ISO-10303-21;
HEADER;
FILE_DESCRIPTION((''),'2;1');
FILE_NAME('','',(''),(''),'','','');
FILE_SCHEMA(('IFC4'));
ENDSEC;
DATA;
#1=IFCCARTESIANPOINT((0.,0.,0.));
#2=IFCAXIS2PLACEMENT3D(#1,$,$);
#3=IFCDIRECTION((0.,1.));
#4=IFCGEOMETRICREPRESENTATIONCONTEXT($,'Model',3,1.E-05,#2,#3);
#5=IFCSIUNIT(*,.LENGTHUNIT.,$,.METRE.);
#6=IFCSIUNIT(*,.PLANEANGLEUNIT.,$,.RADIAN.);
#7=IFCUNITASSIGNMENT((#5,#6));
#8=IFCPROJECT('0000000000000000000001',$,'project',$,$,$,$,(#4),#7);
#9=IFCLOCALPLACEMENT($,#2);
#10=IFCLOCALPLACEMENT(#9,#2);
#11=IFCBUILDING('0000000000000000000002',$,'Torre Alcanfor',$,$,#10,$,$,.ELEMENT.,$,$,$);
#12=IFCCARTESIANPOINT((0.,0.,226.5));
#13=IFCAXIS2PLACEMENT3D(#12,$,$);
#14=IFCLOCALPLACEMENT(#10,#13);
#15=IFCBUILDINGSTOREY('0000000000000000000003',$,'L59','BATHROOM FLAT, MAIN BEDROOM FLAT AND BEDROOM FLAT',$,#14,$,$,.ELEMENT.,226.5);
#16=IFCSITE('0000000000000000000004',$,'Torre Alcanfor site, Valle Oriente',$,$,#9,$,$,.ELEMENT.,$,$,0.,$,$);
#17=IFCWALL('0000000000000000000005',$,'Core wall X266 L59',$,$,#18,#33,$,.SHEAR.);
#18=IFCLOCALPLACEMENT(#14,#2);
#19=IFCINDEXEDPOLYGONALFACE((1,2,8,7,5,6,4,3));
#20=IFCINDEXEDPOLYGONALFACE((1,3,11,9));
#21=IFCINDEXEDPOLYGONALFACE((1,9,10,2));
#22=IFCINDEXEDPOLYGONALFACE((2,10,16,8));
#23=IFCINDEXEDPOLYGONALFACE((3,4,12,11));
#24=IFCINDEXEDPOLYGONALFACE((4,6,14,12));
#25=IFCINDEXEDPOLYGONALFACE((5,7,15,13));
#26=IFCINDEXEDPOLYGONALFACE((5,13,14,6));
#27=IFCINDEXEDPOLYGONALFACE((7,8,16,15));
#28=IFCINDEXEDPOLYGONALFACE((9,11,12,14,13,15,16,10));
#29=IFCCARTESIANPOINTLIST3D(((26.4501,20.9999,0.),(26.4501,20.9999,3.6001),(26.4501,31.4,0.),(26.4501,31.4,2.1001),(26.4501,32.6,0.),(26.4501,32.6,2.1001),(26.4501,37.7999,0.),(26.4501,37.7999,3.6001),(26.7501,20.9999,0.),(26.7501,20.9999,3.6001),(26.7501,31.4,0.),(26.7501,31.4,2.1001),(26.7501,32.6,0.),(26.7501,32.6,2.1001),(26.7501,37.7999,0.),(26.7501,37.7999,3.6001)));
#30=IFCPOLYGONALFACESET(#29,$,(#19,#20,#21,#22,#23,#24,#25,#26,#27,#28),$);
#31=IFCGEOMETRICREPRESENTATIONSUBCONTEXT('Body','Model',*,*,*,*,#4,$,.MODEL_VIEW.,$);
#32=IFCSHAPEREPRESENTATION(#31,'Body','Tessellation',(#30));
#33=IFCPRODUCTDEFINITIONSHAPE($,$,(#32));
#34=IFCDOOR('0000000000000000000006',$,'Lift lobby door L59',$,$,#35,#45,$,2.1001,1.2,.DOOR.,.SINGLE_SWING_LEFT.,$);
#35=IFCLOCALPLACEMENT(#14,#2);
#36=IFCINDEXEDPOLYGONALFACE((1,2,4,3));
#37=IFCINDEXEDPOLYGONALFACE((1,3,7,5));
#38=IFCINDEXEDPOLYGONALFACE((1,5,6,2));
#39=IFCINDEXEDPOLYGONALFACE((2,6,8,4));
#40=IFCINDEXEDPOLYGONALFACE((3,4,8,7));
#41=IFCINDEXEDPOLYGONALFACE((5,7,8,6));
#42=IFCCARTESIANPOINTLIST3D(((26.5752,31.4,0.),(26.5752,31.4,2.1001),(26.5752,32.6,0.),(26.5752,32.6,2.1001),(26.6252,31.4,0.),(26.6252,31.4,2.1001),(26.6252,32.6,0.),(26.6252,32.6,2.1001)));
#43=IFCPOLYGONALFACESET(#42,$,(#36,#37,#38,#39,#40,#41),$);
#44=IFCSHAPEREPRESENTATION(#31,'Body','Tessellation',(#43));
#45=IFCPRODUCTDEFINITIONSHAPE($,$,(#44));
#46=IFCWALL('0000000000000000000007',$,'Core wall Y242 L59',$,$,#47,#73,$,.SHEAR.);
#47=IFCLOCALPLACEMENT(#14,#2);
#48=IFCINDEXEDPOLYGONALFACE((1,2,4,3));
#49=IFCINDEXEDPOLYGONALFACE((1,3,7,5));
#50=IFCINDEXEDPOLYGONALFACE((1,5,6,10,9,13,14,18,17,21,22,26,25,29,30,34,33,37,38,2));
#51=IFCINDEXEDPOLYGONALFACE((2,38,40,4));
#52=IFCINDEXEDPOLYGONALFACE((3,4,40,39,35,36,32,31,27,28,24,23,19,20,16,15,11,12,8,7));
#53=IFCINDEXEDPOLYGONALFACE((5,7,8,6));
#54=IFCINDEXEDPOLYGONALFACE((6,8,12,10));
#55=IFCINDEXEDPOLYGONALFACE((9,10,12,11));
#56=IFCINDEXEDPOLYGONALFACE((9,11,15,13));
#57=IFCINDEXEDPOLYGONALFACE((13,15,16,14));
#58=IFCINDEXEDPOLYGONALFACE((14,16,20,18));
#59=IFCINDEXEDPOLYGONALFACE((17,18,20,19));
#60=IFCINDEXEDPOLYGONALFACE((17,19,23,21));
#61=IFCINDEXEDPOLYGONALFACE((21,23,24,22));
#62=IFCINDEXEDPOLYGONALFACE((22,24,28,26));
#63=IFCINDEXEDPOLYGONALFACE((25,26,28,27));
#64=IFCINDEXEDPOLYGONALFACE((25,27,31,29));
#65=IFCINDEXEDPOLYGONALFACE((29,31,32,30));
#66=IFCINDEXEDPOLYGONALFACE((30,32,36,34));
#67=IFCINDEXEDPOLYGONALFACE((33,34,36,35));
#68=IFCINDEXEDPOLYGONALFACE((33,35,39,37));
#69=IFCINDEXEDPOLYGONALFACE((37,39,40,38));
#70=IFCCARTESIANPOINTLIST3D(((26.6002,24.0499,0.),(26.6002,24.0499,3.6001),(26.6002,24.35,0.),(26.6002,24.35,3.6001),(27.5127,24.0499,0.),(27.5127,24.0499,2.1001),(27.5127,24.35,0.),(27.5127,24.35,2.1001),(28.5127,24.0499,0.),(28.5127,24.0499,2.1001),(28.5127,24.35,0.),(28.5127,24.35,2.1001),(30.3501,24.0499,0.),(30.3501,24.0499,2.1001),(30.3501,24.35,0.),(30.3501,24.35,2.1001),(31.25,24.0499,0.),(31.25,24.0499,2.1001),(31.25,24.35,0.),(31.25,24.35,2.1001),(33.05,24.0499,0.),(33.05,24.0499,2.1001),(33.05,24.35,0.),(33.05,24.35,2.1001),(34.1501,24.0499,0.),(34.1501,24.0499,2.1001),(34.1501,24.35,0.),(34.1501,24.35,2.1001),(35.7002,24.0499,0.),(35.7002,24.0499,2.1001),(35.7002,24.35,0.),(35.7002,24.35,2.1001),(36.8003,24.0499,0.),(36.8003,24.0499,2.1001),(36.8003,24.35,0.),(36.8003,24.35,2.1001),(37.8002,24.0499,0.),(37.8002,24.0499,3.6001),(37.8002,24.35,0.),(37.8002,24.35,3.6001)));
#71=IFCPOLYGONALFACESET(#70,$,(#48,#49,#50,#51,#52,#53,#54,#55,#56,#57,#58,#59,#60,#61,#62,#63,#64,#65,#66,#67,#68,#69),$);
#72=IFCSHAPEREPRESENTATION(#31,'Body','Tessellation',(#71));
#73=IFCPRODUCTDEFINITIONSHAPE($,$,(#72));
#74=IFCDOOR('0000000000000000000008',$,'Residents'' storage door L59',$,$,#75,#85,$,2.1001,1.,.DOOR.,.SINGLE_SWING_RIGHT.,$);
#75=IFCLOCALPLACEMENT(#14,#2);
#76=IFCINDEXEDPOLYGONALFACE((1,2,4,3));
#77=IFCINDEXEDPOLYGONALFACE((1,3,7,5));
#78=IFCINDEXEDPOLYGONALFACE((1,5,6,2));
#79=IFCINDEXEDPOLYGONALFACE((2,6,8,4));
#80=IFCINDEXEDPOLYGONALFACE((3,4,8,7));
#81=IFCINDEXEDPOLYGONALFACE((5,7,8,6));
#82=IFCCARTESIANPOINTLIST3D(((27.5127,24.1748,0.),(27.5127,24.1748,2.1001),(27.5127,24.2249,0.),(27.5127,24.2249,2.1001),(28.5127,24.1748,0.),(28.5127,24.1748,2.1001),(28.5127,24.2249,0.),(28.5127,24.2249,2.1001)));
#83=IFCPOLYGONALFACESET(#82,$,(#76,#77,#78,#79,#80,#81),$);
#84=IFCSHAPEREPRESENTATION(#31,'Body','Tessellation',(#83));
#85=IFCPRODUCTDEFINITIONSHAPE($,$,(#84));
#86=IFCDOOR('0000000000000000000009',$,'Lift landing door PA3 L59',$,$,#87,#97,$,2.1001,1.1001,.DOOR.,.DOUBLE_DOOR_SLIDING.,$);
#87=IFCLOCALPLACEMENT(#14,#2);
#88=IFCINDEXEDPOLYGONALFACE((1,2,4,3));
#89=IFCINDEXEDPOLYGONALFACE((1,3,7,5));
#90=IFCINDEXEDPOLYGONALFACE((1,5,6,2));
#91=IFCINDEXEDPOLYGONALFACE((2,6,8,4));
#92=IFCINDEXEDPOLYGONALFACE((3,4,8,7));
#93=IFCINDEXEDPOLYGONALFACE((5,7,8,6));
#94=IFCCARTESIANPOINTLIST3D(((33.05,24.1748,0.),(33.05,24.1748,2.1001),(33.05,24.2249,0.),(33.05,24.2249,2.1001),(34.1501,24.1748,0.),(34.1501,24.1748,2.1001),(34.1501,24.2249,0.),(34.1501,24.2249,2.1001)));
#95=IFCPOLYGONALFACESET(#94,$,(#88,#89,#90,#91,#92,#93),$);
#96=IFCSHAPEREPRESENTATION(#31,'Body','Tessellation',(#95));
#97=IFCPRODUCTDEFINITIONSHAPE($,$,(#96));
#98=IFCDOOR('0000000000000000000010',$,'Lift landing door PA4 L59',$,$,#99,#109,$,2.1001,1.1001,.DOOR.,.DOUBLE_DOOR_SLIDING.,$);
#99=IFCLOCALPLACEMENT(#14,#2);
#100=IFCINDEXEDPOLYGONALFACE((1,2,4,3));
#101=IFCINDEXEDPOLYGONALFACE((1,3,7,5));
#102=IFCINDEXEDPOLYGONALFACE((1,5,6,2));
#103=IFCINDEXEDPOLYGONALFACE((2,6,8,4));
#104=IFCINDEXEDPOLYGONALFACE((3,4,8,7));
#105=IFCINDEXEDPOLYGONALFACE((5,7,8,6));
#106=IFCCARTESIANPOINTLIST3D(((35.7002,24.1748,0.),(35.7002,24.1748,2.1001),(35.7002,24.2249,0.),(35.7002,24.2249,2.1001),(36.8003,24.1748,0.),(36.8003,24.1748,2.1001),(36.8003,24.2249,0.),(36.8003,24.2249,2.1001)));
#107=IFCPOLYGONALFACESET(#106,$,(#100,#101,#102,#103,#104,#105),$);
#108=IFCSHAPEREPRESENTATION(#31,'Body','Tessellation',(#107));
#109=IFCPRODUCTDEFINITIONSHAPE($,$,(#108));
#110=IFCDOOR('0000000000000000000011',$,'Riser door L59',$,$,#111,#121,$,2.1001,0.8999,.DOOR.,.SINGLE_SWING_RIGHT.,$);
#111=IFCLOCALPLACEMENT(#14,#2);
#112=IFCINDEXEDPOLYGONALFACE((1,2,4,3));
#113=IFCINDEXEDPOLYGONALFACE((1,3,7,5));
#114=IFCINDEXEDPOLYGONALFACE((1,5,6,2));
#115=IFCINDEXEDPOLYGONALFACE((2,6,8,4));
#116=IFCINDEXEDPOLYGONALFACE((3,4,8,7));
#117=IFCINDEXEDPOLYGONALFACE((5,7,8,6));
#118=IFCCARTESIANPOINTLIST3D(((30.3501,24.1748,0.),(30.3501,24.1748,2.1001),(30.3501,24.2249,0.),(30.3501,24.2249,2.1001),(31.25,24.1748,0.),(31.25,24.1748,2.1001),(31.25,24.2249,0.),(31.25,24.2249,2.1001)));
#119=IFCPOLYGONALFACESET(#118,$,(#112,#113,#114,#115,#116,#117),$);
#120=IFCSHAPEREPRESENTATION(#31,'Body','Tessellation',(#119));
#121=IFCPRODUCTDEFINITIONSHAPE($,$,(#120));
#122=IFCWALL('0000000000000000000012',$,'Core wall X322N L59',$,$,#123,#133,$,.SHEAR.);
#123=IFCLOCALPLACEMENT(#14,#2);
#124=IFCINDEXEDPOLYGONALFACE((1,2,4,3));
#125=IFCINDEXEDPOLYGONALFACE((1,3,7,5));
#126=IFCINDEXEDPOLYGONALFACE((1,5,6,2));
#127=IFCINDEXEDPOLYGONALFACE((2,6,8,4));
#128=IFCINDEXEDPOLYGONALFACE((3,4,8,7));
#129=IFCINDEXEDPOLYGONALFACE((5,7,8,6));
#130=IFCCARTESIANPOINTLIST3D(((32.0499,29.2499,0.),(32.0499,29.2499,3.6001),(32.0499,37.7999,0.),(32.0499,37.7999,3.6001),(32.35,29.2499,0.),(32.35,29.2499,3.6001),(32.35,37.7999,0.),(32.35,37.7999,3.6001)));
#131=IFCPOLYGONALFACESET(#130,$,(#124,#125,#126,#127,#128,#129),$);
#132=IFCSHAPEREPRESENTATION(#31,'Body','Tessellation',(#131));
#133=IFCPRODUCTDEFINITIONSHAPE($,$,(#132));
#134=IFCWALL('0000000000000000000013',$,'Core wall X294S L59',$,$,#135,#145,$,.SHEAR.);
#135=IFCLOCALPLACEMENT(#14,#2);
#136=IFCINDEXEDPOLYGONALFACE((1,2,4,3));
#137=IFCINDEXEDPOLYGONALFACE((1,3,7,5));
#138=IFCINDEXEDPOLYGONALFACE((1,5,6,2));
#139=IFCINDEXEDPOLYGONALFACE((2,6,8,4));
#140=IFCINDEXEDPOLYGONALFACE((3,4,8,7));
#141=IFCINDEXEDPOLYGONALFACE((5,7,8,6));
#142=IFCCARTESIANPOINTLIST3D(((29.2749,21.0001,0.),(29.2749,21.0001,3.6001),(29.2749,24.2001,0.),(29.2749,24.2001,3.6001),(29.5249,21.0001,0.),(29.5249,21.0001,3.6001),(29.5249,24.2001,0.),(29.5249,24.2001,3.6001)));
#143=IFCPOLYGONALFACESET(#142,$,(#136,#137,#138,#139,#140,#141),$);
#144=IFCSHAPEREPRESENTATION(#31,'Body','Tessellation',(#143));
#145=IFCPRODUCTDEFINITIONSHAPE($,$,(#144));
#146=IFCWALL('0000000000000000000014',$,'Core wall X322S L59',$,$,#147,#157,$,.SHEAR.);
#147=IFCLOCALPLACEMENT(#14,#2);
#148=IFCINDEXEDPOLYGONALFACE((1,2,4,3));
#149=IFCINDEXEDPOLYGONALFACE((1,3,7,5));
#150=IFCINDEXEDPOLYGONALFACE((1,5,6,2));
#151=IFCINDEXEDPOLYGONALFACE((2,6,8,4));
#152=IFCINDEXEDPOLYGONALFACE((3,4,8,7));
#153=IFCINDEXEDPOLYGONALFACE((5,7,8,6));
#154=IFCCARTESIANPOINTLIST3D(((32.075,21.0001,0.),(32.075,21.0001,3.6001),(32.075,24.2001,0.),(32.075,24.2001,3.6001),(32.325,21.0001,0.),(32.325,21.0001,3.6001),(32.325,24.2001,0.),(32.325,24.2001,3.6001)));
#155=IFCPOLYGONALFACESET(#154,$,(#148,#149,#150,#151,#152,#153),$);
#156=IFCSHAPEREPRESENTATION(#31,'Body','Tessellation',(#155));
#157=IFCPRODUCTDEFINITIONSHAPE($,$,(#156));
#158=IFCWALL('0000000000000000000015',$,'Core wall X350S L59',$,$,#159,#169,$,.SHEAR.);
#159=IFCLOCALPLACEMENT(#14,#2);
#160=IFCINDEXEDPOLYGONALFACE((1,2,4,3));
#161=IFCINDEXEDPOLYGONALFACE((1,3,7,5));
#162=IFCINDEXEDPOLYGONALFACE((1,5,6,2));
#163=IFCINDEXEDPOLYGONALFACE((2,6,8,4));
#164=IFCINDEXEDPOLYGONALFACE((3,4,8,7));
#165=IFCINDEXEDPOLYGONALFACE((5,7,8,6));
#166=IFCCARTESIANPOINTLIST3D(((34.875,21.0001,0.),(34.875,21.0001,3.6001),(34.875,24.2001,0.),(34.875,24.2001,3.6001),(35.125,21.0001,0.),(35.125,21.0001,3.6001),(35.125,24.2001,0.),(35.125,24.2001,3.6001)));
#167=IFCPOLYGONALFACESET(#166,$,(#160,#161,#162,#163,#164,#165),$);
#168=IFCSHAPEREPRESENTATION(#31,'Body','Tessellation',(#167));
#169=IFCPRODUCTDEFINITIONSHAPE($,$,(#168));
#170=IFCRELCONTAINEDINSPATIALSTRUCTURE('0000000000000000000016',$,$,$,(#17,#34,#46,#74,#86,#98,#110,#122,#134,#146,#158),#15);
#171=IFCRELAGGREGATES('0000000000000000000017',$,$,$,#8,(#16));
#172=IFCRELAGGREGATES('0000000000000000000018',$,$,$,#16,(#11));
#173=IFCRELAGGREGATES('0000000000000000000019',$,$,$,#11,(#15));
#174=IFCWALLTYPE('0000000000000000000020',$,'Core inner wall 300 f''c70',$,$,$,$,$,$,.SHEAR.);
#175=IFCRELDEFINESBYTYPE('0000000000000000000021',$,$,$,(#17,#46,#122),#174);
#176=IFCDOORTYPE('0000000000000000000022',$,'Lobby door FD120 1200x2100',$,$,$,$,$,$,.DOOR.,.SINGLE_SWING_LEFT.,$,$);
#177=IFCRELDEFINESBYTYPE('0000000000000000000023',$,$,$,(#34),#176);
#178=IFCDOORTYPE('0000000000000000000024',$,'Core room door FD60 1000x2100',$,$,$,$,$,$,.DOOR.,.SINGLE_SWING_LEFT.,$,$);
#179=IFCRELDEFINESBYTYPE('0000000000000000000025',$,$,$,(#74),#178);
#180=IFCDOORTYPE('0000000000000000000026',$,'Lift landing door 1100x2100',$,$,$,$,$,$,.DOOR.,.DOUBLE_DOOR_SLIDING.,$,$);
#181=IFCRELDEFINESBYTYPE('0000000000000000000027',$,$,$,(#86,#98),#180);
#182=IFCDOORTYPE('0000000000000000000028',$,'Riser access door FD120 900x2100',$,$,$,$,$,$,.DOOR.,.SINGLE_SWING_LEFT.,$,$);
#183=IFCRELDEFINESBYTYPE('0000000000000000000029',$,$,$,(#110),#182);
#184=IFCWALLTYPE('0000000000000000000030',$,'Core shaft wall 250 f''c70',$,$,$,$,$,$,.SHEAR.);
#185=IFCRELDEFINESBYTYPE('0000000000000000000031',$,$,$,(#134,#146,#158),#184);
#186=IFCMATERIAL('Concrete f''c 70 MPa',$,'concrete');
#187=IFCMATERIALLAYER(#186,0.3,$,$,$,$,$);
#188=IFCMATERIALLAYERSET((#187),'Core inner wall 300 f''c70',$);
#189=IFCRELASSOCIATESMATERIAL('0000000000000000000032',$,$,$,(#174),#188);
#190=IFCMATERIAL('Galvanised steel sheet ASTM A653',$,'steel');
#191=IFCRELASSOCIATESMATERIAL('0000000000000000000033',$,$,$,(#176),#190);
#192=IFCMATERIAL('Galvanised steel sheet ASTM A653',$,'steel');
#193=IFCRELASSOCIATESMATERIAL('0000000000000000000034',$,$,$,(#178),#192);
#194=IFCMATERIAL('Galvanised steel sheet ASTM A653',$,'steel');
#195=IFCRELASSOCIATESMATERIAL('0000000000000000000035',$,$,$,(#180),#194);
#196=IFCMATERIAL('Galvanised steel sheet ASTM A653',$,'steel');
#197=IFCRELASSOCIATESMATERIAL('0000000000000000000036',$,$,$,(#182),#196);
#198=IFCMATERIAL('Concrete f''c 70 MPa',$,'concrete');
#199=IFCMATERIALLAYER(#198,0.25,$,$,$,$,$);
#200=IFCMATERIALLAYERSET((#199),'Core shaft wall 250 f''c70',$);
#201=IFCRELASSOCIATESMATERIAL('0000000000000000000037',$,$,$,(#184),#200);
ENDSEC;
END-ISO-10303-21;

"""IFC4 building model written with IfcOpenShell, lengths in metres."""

from ifc_helpers import new_model, si_unit, direction, frame, frame_2d, origin, place, context, subcontext, project, spatial, rectangle, extrude, material, layer, layer_set, type_object, element, fill, save


model = new_model("IFC4")

# Units and contexts
model_context = context("Model", 3, precision=1e-05, world=origin(), true_north=direction((0.0, 1.0)))
body_context = subcontext(model_context, "Body", "Model", "MODEL_VIEW")
ifc_project = project(units=[si_unit("LENGTHUNIT", "METRE"), si_unit("PLANEANGLEUNIT", "RADIAN")], contexts=[model_context])

# Site, building, storey
site_placement = place(None, origin())
site = spatial("IfcSite", under=ifc_project, at=site_placement, Name="Torre Alcanfor site, Valle Oriente", CompositionType="ELEMENT", RefElevation=0.0)
building_placement = place(site_placement, origin())
building = spatial("IfcBuilding", under=site, at=building_placement, Name="Torre Alcanfor", CompositionType="ELEMENT")
storey_placement = place(building_placement, frame((0.0, 0.0, 226.5)))
storey = spatial("IfcBuildingStorey", under=building, at=storey_placement, Name="L59", Description="BATHROOM FLAT, MAIN BEDROOM FLAT AND BEDROOM FLAT", CompositionType="ELEMENT", Elevation=226.5)

# Wall, opening, door
ifc_material_1 = material(Name="Concrete f'c 70 MPa", Category="concrete")
ifc_layer_1 = layer(ifc_material_1, 0.3)
ifc_layer_set_1 = layer_set([ifc_layer_1], Name="Core inner wall 300 f'c70")
wall_type_1 = type_object("IfcWallType", Name="Core inner wall 300 f'c70", PredefinedType="SHEAR", material=ifc_layer_set_1)
wall_1_placement = place(storey_placement, frame((26.6001, 21.0, 0.0), z_axis=(0.0, 0.0, 1.0), x_axis=(0.0, 1.0, 0.0)))
wall_1 = element("IfcWall", 1, at=wall_1_placement, inside=storey, type_object=wall_type_1, Name="Core wall X266 L59", PredefinedType="SHEAR", context=body_context, shape_type="SweptSolid", body=[
    extrude(rectangle(XDim=16.8, YDim=0.3, at=frame_2d((8.3999, 0.0))), origin(), (0.0, 0.0, 1.0), 3.6001),
])
opening_1_placement = place(wall_1_placement, frame((10.3999, 0.0, 0.0)))
opening_1 = element("IfcOpeningElement", 2, at=opening_1_placement, cuts=wall_1, PredefinedType="OPENING", context=body_context, shape_type="SweptSolid", body=[
    extrude(rectangle(XDim=1.2, YDim=2.1001, at=frame_2d((0.6001, 1.05))), frame((0.0, 0.1599, 0.0), z_axis=(0.0, -1.0, 0.0), x_axis=(1.0, 0.0, 0.0)), (0.0, 0.0, 1.0), 0.3201),
])
ifc_material_2 = material(Name="Galvanised steel sheet ASTM A653", Category="steel")
door_type_1 = type_object("IfcDoorType", Name="Lobby door FD120 1200x2100", OperationType="SINGLE_SWING_LEFT", PredefinedType="DOOR", material=ifc_material_2)
door_1_placement = place(opening_1_placement, origin())
door_1 = element("IfcDoor", 3, at=door_1_placement, inside=storey, type_object=door_type_1, Name="Lift lobby door L59", OperationType="SINGLE_SWING_LEFT", OverallHeight=2.1001, OverallWidth=1.2, PredefinedType="DOOR", context=body_context, shape_type="SweptSolid", body=[
    extrude(rectangle(XDim=1.2, YDim=2.1001, at=frame_2d((0.6001, 1.05))), frame((0.0, 0.0249, 0.0), z_axis=(0.0, -1.0, 0.0), x_axis=(1.0, 0.0, 0.0)), (0.0, 0.0, 1.0), 0.05),
])
fill(opening_1, door_1)

# Wall, openings, doors
wall_2_placement = place(storey_placement, frame((26.6001, 24.2, 0.0), z_axis=(0.0, 0.0, 1.0), x_axis=(1.0, 0.0, 0.0)))
wall_2 = element("IfcWall", 4, at=wall_2_placement, inside=storey, type_object=wall_type_1, Name="Core wall Y242 L59", PredefinedType="SHEAR", context=body_context, shape_type="SweptSolid", body=[
    extrude(rectangle(XDim=11.2, YDim=0.3, at=frame_2d((5.6001, 0.0))), origin(), (0.0, 0.0, 1.0), 3.6001),
])
opening_2_placement = place(wall_2_placement, frame((0.9126, 0.0, 0.0)))
opening_2 = element("IfcOpeningElement", 5, at=opening_2_placement, cuts=wall_2, PredefinedType="OPENING", context=body_context, shape_type="SweptSolid", body=[
    extrude(rectangle(XDim=1.0, YDim=2.1001, at=frame_2d((0.5, 1.05))), frame((0.0, 0.1599, 0.0), z_axis=(0.0, -1.0, 0.0), x_axis=(1.0, 0.0, 0.0)), (0.0, 0.0, 1.0), 0.3201),
])
opening_3_placement = place(wall_2_placement, frame((3.75, 0.0, 0.0)))
opening_3 = element("IfcOpeningElement", 6, at=opening_3_placement, cuts=wall_2, PredefinedType="OPENING", context=body_context, shape_type="SweptSolid", body=[
    extrude(rectangle(XDim=0.8999, YDim=2.1001, at=frame_2d((0.45, 1.05))), frame((0.0, 0.1599, 0.0), z_axis=(0.0, -1.0, 0.0), x_axis=(1.0, 0.0, 0.0)), (0.0, 0.0, 1.0), 0.3201),
])
opening_4_placement = place(wall_2_placement, frame((6.45, 0.0, 0.0)))
opening_4 = element("IfcOpeningElement", 7, at=opening_4_placement, cuts=wall_2, PredefinedType="OPENING", context=body_context, shape_type="SweptSolid", body=[
    extrude(rectangle(XDim=1.1001, YDim=2.1001, at=frame_2d((0.55, 1.05))), frame((0.0, 0.1599, 0.0), z_axis=(0.0, -1.0, 0.0), x_axis=(1.0, 0.0, 0.0)), (0.0, 0.0, 1.0), 0.3201),
])
opening_5_placement = place(wall_2_placement, frame((9.1001, 0.0, 0.0)))
opening_5 = element("IfcOpeningElement", 8, at=opening_5_placement, cuts=wall_2, PredefinedType="OPENING", context=body_context, shape_type="SweptSolid", body=[
    extrude(rectangle(XDim=1.1001, YDim=2.1001, at=frame_2d((0.55, 1.05))), frame((0.0, 0.1599, 0.0), z_axis=(0.0, -1.0, 0.0), x_axis=(1.0, 0.0, 0.0)), (0.0, 0.0, 1.0), 0.3201),
])
ifc_material_3 = material(Name="Galvanised steel sheet ASTM A653", Category="steel")
door_type_2 = type_object("IfcDoorType", Name="Core room door FD60 1000x2100", OperationType="SINGLE_SWING_LEFT", PredefinedType="DOOR", material=ifc_material_3)
door_2_placement = place(opening_2_placement, frame((1.0, 0.0, 0.0), z_axis=(0.0, 0.0, 1.0), x_axis=(-1.0, 0.0, 0.0)))
door_2 = element("IfcDoor", 9, at=door_2_placement, inside=storey, type_object=door_type_2, Name="Residents' storage door L59", OperationType="SINGLE_SWING_RIGHT", OverallHeight=2.1001, OverallWidth=1.0, PredefinedType="DOOR", context=body_context, shape_type="SweptSolid", body=[
    extrude(rectangle(XDim=1.0, YDim=2.1001, at=frame_2d((0.5, 1.05))), frame((0.0, 0.0251, 0.0), z_axis=(0.0, -1.0, 0.0), x_axis=(1.0, 0.0, 0.0)), (0.0, 0.0, 1.0), 0.05),
])
fill(opening_2, door_2)
ifc_material_4 = material(Name="Galvanised steel sheet ASTM A653", Category="steel")
door_type_3 = type_object("IfcDoorType", Name="Lift landing door 1100x2100", OperationType="DOUBLE_DOOR_SLIDING", PredefinedType="DOOR", material=ifc_material_4)
door_3_placement = place(opening_4_placement, origin())
door_3 = element("IfcDoor", 10, at=door_3_placement, inside=storey, type_object=door_type_3, Name="Lift landing door PA3 L59", OperationType="DOUBLE_DOOR_SLIDING", OverallHeight=2.1001, OverallWidth=1.1001, PredefinedType="DOOR", context=body_context, shape_type="SweptSolid", body=[
    extrude(rectangle(XDim=1.1001, YDim=2.1001, at=frame_2d((0.55, 1.05))), frame((0.0, 0.0249, 0.0), z_axis=(0.0, -1.0, 0.0), x_axis=(1.0, 0.0, 0.0)), (0.0, 0.0, 1.0), 0.05),
])
fill(opening_4, door_3)
door_4_placement = place(opening_5_placement, origin())
door_4 = element("IfcDoor", 11, at=door_4_placement, inside=storey, type_object=door_type_3, Name="Lift landing door PA4 L59", OperationType="DOUBLE_DOOR_SLIDING", OverallHeight=2.1001, OverallWidth=1.1001, PredefinedType="DOOR", context=body_context, shape_type="SweptSolid", body=[
    extrude(rectangle(XDim=1.1001, YDim=2.1001, at=frame_2d((0.55, 1.05))), frame((0.0, 0.0249, 0.0), z_axis=(0.0, -1.0, 0.0), x_axis=(1.0, 0.0, 0.0)), (0.0, 0.0, 1.0), 0.05),
])
fill(opening_5, door_4)
ifc_material_5 = material(Name="Galvanised steel sheet ASTM A653", Category="steel")
door_type_4 = type_object("IfcDoorType", Name="Riser access door FD120 900x2100", OperationType="SINGLE_SWING_LEFT", PredefinedType="DOOR", material=ifc_material_5)
door_5_placement = place(opening_3_placement, frame((0.8999, 0.0, 0.0), z_axis=(0.0, 0.0, 1.0), x_axis=(-1.0, 0.0, 0.0)))
door_5 = element("IfcDoor", 12, at=door_5_placement, inside=storey, type_object=door_type_4, Name="Riser door L59", OperationType="SINGLE_SWING_RIGHT", OverallHeight=2.1001, OverallWidth=0.8999, PredefinedType="DOOR", context=body_context, shape_type="SweptSolid", body=[
    extrude(rectangle(XDim=0.8999, YDim=2.1001, at=frame_2d((0.45, 1.05))), frame((0.0, 0.0251, 0.0), z_axis=(0.0, -1.0, 0.0), x_axis=(1.0, 0.0, 0.0)), (0.0, 0.0, 1.0), 0.05),
])
fill(opening_3, door_5)

# Walls
wall_3_placement = place(storey_placement, frame((32.2, 29.25, 0.0), z_axis=(0.0, 0.0, 1.0), x_axis=(0.0, 1.0, 0.0)))
element("IfcWall", 13, at=wall_3_placement, inside=storey, type_object=wall_type_1, Name="Core wall X322N L59", PredefinedType="SHEAR", context=body_context, shape_type="SweptSolid", body=[
    extrude(rectangle(XDim=8.55, YDim=0.3, at=frame_2d((4.2749, 0.0))), origin(), (0.0, 0.0, 1.0), 3.6001),
])
ifc_material_6 = material(Name="Concrete f'c 70 MPa", Category="concrete")
ifc_layer_2 = layer(ifc_material_6, 0.25)
ifc_layer_set_2 = layer_set([ifc_layer_2], Name="Core shaft wall 250 f'c70")
wall_type_2 = type_object("IfcWallType", Name="Core shaft wall 250 f'c70", PredefinedType="SHEAR", material=ifc_layer_set_2)
for number, where, z_axis, x_axis, name in (
    (14, (29.3999, 21.0, 0.0), (0.0, 0.0, 1.0), (0.0, 1.0, 0.0), "Core wall X294S L59"),
    (15, (32.2, 21.0, 0.0), (0.0, 0.0, 1.0), (0.0, 1.0, 0.0), "Core wall X322S L59"),
    (16, (35.0, 21.0, 0.0), (0.0, 0.0, 1.0), (0.0, 1.0, 0.0), "Core wall X350S L59"),
):
    element("IfcWall", number, at=place(storey_placement, frame(where, z_axis=z_axis, x_axis=x_axis)), inside=storey, type_object=wall_type_2, Name=name, PredefinedType="SHEAR", context=body_context, shape_type="SweptSolid", body=[
        extrude(rectangle(XDim=3.2, YDim=0.25, at=frame_2d((1.6001, 0.0))), origin(), (0.0, 0.0, 1.0), 3.6001),
    ])

save(model, "model.ifc")
